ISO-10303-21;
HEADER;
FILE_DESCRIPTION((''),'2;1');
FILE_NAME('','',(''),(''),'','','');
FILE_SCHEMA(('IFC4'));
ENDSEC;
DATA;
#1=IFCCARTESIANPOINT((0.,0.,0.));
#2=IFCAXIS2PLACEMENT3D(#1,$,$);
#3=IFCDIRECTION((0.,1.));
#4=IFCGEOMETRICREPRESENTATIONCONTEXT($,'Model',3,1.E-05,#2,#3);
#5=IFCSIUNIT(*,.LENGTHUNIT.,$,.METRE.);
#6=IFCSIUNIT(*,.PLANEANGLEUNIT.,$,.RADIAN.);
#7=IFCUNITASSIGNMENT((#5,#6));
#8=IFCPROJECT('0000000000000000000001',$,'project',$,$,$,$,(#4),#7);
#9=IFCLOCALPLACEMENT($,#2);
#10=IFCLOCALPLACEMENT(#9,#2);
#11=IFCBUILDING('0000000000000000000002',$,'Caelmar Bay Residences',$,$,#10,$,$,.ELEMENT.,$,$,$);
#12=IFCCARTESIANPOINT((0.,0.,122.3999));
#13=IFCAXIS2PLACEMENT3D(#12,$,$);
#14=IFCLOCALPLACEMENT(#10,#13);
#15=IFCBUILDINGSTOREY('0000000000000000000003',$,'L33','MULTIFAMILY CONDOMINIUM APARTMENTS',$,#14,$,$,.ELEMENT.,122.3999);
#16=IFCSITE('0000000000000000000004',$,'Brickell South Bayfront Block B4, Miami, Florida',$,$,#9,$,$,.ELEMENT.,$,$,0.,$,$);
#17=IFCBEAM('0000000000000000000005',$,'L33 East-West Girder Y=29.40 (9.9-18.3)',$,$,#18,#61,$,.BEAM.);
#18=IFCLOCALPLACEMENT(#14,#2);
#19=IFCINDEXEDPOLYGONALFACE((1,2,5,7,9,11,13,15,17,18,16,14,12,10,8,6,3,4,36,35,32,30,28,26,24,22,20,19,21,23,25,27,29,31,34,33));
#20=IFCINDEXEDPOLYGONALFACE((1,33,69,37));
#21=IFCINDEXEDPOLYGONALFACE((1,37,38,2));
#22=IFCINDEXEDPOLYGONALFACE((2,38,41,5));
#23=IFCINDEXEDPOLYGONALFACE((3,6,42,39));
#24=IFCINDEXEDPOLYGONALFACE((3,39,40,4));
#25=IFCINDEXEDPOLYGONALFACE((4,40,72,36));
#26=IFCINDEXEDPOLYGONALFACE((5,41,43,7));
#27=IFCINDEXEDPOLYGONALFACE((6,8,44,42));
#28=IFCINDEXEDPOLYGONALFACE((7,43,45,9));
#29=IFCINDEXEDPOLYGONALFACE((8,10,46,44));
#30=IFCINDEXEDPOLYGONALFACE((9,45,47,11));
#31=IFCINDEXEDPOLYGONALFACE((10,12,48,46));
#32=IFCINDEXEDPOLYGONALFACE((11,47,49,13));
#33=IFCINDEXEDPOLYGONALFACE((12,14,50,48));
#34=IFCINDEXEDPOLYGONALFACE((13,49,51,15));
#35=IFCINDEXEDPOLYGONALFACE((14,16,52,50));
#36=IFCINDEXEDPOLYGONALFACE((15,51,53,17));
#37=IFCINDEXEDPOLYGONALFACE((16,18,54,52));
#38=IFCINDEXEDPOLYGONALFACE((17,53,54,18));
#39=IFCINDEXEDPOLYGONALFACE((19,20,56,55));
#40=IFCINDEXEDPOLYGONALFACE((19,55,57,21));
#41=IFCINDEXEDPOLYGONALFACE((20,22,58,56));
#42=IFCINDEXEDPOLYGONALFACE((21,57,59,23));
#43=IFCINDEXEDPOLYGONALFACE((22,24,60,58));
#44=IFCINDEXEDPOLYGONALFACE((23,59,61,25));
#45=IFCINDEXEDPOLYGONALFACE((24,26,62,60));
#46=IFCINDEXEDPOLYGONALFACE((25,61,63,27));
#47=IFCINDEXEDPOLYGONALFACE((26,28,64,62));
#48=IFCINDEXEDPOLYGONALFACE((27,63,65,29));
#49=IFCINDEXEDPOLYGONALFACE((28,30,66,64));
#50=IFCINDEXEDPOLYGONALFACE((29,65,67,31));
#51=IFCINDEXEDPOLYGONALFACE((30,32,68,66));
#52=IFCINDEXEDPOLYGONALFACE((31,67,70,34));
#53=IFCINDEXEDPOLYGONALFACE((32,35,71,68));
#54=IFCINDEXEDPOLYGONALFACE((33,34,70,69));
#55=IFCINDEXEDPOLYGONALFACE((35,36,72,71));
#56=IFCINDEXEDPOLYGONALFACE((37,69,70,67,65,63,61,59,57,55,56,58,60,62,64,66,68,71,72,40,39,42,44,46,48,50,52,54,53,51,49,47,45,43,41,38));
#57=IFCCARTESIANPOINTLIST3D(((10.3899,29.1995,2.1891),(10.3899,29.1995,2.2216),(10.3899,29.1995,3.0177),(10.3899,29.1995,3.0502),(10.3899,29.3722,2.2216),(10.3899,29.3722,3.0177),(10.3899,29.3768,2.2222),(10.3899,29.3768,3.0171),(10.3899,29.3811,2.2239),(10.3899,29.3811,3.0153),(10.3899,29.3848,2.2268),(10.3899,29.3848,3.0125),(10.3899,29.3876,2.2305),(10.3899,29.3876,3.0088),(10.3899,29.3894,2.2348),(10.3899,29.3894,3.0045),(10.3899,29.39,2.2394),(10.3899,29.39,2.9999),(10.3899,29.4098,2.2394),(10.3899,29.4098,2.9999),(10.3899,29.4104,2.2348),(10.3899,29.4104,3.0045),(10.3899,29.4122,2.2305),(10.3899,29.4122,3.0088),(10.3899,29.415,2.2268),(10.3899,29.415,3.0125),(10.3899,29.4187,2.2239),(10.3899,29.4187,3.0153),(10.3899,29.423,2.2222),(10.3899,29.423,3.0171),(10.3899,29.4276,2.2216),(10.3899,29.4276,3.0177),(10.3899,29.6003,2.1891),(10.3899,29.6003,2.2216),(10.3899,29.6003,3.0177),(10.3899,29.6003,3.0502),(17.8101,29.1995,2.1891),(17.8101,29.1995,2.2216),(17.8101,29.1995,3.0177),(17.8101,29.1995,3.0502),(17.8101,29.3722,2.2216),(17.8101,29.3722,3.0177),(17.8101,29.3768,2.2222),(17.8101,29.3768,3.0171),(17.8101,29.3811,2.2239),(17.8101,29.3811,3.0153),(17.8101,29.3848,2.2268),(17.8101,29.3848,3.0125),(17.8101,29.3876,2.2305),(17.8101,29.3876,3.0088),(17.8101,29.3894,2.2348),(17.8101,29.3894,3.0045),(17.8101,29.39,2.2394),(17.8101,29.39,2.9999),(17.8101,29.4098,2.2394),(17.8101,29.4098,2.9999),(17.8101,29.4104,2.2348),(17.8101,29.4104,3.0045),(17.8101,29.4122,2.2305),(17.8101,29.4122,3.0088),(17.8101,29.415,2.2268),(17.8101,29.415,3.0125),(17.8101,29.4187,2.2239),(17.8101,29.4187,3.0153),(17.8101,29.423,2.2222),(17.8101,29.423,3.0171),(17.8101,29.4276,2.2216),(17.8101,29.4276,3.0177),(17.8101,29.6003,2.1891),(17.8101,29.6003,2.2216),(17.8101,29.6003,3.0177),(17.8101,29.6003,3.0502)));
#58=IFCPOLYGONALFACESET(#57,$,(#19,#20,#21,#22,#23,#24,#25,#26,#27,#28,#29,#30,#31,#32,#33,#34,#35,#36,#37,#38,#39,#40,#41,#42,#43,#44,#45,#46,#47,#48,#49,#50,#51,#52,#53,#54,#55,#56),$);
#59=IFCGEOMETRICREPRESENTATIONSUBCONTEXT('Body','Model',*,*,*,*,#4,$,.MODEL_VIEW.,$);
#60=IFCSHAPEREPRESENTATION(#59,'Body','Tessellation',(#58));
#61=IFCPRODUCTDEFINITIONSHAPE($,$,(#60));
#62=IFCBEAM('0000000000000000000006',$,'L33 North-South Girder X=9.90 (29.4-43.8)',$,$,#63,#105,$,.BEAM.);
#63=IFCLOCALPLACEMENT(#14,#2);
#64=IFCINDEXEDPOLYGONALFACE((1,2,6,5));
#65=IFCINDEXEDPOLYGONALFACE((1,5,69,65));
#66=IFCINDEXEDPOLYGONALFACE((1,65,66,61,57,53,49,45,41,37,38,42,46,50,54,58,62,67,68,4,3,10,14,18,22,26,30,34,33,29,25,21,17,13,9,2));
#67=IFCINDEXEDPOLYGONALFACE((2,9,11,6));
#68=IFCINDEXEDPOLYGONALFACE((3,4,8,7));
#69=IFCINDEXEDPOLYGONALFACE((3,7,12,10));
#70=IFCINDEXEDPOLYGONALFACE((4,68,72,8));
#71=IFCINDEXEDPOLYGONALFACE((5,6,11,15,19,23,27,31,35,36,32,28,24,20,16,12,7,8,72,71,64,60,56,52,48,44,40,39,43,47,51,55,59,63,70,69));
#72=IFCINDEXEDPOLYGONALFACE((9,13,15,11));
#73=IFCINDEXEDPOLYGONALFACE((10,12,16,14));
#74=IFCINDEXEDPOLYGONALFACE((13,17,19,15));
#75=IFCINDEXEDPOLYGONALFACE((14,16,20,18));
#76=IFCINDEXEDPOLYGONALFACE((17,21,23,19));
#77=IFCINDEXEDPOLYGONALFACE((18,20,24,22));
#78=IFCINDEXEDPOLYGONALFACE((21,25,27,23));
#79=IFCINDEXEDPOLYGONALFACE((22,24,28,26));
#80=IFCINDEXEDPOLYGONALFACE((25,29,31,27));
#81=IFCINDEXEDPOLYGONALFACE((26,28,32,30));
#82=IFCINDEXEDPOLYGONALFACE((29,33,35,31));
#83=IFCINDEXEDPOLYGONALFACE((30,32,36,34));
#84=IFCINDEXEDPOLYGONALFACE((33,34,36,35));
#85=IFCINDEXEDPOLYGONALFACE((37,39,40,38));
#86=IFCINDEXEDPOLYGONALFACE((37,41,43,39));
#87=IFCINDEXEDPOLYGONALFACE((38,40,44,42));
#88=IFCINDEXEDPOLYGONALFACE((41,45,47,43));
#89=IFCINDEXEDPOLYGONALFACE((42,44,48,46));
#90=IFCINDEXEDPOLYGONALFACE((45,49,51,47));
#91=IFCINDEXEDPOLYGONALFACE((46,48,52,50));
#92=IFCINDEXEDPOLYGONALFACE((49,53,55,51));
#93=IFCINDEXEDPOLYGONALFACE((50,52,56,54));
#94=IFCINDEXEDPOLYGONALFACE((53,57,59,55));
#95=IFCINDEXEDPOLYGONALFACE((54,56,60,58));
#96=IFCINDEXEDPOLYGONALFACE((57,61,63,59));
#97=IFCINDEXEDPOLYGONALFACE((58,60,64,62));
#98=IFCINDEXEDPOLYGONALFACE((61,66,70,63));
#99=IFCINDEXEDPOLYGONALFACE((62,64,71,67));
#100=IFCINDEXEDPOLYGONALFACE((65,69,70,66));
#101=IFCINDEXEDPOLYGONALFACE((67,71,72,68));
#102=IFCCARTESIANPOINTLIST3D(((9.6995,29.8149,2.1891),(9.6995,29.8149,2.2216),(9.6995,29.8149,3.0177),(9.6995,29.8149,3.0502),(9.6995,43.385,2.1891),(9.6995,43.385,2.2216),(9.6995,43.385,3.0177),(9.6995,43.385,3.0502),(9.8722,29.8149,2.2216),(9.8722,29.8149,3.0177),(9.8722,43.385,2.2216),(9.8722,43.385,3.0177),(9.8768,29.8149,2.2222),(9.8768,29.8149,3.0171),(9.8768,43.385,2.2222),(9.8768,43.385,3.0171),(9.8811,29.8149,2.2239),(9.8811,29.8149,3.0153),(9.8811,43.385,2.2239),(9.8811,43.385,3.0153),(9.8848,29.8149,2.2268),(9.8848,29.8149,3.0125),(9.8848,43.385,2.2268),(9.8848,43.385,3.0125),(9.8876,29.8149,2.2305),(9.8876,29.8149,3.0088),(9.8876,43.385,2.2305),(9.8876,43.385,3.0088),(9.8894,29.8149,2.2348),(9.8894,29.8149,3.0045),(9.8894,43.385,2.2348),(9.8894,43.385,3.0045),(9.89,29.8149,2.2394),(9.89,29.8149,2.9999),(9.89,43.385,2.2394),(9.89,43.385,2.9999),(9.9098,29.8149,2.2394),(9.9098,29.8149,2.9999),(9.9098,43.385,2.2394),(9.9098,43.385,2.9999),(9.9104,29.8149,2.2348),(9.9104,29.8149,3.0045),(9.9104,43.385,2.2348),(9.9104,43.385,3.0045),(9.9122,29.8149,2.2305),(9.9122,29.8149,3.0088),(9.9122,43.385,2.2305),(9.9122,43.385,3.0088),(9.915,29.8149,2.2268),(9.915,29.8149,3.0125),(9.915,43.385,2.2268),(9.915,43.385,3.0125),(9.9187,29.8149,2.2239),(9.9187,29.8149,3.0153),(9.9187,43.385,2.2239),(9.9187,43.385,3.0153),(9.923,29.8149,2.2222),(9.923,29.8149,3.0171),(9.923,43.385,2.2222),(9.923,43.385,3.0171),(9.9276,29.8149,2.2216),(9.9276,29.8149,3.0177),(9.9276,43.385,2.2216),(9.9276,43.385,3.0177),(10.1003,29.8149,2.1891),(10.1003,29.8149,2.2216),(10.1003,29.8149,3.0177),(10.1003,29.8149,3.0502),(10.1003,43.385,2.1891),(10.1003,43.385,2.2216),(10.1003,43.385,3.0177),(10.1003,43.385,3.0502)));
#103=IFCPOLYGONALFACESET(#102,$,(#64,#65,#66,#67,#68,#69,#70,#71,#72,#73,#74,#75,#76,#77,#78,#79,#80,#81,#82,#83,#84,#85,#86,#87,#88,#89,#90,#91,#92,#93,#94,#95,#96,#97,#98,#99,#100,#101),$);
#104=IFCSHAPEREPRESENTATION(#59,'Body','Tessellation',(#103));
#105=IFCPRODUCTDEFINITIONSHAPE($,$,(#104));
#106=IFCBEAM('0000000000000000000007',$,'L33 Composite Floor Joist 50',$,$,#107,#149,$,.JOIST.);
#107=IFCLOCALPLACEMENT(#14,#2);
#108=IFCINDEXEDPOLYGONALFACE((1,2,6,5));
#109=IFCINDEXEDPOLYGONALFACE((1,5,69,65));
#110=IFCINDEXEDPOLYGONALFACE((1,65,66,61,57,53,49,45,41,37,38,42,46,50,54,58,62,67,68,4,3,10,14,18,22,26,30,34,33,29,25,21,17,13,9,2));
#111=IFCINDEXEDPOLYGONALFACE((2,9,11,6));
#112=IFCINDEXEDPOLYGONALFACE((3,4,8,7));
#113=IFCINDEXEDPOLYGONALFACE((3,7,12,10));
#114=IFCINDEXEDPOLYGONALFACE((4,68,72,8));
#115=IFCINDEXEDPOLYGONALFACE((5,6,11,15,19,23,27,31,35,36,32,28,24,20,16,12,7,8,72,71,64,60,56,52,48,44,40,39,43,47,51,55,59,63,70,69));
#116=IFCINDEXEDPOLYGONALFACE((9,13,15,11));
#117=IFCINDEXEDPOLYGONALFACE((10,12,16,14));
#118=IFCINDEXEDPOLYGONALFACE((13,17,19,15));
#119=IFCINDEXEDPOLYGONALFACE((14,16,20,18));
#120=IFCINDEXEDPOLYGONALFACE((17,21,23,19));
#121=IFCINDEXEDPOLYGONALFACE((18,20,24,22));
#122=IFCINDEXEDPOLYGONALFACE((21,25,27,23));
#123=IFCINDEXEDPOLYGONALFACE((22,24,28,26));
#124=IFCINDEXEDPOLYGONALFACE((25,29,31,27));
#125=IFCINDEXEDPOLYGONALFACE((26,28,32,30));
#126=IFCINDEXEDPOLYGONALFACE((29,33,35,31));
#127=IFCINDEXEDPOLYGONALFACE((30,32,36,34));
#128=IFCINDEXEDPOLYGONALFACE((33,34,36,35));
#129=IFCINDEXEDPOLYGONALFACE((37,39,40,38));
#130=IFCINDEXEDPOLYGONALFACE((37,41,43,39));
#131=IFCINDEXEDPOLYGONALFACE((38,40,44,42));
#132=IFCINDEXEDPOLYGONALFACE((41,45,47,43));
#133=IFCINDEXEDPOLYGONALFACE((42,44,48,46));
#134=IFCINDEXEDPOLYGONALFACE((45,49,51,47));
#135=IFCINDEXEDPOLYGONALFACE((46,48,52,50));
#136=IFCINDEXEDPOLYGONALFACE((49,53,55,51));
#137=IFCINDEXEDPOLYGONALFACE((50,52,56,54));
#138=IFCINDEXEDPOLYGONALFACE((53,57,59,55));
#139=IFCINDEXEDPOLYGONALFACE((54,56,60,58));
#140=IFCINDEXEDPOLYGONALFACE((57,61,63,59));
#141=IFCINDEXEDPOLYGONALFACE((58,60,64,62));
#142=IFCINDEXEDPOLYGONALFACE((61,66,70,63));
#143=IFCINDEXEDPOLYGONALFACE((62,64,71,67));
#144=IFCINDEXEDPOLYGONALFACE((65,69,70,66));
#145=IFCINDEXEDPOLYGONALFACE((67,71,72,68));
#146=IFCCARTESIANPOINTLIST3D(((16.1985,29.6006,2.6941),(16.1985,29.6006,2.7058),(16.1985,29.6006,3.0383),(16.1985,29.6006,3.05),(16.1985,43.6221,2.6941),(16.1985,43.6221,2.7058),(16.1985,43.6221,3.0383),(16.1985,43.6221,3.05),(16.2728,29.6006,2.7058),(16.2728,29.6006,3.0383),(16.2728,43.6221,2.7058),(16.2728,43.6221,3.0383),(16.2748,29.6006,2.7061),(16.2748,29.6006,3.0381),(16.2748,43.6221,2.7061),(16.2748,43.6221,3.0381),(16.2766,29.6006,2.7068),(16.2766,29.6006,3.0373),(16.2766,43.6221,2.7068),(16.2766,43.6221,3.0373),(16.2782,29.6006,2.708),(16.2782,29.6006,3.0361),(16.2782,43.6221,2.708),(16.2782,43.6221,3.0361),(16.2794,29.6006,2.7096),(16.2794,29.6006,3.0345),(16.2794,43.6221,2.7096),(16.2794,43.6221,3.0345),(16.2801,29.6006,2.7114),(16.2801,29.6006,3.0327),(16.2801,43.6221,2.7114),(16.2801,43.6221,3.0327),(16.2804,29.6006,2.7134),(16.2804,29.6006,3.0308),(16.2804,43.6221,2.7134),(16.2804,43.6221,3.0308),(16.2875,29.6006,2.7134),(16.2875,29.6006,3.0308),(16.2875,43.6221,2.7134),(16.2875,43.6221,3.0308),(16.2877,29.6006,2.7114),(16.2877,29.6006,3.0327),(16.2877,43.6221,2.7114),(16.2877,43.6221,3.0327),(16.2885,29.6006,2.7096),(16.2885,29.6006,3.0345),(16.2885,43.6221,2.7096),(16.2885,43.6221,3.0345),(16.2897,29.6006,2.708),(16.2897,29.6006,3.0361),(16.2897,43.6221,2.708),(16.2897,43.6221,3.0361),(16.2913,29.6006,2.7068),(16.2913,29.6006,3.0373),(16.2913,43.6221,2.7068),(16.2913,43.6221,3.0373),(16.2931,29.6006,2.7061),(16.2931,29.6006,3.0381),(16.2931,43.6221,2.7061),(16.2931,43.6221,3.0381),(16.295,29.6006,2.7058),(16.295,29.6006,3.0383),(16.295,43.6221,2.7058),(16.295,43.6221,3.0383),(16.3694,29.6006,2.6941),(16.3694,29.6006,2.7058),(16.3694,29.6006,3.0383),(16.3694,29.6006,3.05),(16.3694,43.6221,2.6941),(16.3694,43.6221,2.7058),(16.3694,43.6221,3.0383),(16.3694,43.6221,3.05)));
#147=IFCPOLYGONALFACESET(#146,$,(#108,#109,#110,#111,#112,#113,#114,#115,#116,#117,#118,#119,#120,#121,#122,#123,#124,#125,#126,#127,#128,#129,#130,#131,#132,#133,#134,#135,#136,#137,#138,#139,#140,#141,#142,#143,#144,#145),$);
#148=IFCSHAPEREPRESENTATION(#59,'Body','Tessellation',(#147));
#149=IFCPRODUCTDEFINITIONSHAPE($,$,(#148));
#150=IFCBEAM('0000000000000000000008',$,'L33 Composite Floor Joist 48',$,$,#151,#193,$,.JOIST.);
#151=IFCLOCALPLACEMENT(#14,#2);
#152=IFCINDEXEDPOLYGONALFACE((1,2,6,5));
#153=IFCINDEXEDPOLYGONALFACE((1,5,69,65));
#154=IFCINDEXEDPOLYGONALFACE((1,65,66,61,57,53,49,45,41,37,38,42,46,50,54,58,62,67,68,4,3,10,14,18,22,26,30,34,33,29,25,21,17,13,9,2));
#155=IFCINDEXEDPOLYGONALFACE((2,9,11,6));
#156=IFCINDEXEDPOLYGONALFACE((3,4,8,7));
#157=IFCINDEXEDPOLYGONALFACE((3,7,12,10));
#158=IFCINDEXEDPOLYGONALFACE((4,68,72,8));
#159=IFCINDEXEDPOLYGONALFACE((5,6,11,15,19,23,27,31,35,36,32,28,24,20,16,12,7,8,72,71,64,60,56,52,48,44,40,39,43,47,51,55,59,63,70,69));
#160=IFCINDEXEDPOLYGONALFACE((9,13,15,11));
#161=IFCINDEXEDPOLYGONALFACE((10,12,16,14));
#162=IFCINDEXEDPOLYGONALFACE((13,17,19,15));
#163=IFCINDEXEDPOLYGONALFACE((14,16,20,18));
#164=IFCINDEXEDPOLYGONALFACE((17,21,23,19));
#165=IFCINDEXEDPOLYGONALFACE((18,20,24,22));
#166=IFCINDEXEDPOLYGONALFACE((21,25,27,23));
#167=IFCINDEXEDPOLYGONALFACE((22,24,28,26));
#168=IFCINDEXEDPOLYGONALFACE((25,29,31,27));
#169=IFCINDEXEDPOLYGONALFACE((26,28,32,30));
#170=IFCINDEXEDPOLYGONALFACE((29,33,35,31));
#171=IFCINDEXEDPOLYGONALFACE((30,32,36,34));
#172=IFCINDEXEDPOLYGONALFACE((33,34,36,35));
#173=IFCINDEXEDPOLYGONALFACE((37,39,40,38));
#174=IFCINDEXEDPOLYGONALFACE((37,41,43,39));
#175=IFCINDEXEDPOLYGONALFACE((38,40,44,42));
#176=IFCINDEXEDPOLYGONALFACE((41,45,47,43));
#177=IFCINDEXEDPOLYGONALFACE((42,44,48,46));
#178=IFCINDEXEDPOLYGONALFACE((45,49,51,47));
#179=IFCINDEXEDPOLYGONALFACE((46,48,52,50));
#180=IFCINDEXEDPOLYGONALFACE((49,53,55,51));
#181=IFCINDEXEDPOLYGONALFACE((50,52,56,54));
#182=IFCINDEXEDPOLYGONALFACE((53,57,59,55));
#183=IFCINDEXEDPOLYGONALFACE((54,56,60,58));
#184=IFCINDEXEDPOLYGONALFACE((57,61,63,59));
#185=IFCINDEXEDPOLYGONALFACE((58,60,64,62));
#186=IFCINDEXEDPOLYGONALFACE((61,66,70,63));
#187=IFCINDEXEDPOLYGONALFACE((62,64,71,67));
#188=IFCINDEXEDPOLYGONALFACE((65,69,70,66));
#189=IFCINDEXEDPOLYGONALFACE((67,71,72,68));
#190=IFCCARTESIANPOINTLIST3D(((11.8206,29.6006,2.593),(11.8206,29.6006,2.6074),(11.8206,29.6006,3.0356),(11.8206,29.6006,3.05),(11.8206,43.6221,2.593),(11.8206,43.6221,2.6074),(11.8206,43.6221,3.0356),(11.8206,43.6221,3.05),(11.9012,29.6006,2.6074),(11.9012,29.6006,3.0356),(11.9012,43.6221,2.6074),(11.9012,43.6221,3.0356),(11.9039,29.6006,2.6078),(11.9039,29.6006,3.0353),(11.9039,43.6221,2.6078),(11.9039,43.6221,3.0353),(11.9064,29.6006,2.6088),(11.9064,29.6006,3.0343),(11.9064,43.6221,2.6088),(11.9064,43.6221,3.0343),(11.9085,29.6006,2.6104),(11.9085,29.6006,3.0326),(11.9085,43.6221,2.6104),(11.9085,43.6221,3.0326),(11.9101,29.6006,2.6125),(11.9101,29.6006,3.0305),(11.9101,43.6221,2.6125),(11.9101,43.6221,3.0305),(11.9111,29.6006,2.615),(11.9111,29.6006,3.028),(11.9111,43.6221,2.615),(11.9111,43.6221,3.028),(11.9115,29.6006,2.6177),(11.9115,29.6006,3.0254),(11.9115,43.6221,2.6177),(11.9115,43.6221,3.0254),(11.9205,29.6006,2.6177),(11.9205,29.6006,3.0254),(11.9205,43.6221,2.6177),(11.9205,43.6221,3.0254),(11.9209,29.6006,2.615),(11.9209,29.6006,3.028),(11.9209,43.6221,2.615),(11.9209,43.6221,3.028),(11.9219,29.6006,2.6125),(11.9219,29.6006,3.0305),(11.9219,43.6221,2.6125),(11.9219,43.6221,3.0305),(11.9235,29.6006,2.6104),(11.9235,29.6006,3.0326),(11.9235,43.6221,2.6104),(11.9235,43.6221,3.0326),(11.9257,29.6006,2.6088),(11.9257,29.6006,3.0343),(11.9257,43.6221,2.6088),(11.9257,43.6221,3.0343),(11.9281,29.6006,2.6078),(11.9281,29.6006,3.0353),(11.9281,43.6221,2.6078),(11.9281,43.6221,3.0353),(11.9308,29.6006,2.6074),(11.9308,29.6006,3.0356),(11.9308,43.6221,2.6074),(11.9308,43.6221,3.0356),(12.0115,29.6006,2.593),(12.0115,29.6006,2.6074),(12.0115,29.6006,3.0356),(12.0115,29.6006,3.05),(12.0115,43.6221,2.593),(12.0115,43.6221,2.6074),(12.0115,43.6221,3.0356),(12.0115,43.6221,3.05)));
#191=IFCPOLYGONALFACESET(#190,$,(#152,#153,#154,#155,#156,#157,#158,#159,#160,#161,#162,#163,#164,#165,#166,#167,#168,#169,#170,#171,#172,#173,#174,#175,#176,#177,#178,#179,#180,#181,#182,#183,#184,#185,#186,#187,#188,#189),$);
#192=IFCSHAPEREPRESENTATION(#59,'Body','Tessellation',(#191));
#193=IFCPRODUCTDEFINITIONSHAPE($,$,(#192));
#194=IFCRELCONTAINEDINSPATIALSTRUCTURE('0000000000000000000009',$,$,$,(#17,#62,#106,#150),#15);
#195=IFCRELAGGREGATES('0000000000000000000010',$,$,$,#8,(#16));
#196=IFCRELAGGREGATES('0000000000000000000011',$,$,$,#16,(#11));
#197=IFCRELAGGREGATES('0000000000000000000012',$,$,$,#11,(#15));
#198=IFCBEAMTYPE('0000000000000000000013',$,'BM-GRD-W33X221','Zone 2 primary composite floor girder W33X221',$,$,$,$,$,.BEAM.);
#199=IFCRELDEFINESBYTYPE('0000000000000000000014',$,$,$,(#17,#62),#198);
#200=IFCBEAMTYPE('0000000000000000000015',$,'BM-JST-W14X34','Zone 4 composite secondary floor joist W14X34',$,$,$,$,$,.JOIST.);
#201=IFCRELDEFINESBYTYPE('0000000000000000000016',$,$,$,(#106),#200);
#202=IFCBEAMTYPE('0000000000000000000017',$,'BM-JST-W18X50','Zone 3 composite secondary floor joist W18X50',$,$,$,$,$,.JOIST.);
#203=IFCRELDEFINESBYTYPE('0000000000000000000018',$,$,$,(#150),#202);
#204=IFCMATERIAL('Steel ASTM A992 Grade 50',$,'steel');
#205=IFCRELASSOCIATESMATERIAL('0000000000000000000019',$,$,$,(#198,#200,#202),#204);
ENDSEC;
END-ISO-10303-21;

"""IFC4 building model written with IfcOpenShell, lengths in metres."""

from ifc_helpers import new_model, si_unit, direction, frame, origin, origin_2d, place, context, subcontext, project, spatial, i_section, extrude, material, material_profile, profile_set, type_object, element, save


model = new_model("IFC4")

# Units and contexts
model_context = context("Model", 3, precision=1e-05, world=origin(), true_north=direction((0.0, 1.0)))
body_context = subcontext(model_context, "Body", "Model", "MODEL_VIEW")
ifc_project = project(units=[si_unit("LENGTHUNIT", "METRE"), si_unit("PLANEANGLEUNIT", "RADIAN")], contexts=[model_context])

# Site, building, storey
site_placement = place(None, origin())
site = spatial("IfcSite", under=ifc_project, at=site_placement, Name="Brickell South Bayfront Block B4, Miami, Florida", CompositionType="ELEMENT", RefElevation=0.0)
building_placement = place(site_placement, origin())
building = spatial("IfcBuilding", under=site, at=building_placement, Name="Caelmar Bay Residences", CompositionType="ELEMENT")
storey_placement = place(building_placement, frame((0.0, 0.0, 122.3999)))
storey = spatial("IfcBuildingStorey", under=building, at=storey_placement, Name="L33", Description="MULTIFAMILY CONDOMINIUM APARTMENTS", CompositionType="ELEMENT", Elevation=122.3999)

# Beams
ifc_material_1 = material(Name="Steel ASTM A992 Grade 50", Category="steel")
ifc_material_profile_1 = material_profile(ifc_material_1, i_section(OverallWidth=0.4009, OverallDepth=0.8611, WebThickness=0.0198, FlangeThickness=0.0325, FilletRadius=0.0178, at=origin_2d()), Name="W33X221")
ifc_profile_set_1 = profile_set([ifc_material_profile_1], Name="Steel ASTM A992 Grade 50")
beam_type_1 = type_object("IfcBeamType", Name="BM-GRD-W33X221", Description="Zone 2 primary composite floor girder W33X221", PredefinedType="BEAM", material=ifc_profile_set_1)
beam_1_placement = place(storey_placement, frame((10.3899, 29.3999, 2.6196), z_axis=(1.0, 0.0, 0.0), x_axis=(0.0, 1.0, 0.0)))
element("IfcBeam", 1, at=beam_1_placement, inside=storey, type_object=beam_type_1, Name="L33 East-West Girder Y=29.40 (9.9-18.3)", PredefinedType="BEAM", context=body_context, shape_type="SweptSolid", body=[
    extrude(i_section(OverallWidth=0.4009, OverallDepth=0.8611, WebThickness=0.0198, FlangeThickness=0.0325, FilletRadius=0.0178, at=origin_2d()), origin(), (0.0, 0.0, 1.0), 7.4202),
])
beam_2_placement = place(storey_placement, frame((9.8999, 29.8149, 2.6196), z_axis=(0.0, 1.0, 0.0), x_axis=(-1.0, 0.0, 0.0)))
element("IfcBeam", 2, at=beam_2_placement, inside=storey, type_object=beam_type_1, Name="L33 North-South Girder X=9.90 (29.4-43.8)", PredefinedType="BEAM", context=body_context, shape_type="SweptSolid", body=[
    extrude(i_section(OverallWidth=0.4009, OverallDepth=0.8611, WebThickness=0.0198, FlangeThickness=0.0325, FilletRadius=0.0178, at=origin_2d()), origin(), (0.0, 0.0, 1.0), 13.5701),
])
ifc_material_profile_2 = material_profile(ifc_material_1, i_section(OverallWidth=0.1709, OverallDepth=0.356, WebThickness=0.0071, FlangeThickness=0.0117, FilletRadius=0.0076, at=origin_2d()), Name="W14X34")
ifc_profile_set_2 = profile_set([ifc_material_profile_2], Name="Steel ASTM A992 Grade 50")
beam_type_2 = type_object("IfcBeamType", Name="BM-JST-W14X34", Description="Zone 4 composite secondary floor joist W14X34", PredefinedType="JOIST", material=ifc_profile_set_2)
beam_3_placement = place(storey_placement, frame((16.2839, 29.6006, 2.8721), z_axis=(0.0, 1.0, 0.0), x_axis=(-1.0, 0.0, 0.0)))
element("IfcBeam", 3, at=beam_3_placement, inside=storey, type_object=beam_type_2, Name="L33 Composite Floor Joist 50", PredefinedType="JOIST", context=body_context, shape_type="SweptSolid", body=[
    extrude(i_section(OverallWidth=0.1709, OverallDepth=0.356, WebThickness=0.0071, FlangeThickness=0.0117, FilletRadius=0.0076, at=origin_2d()), origin(), (0.0, 0.0, 1.0), 14.0215),
])
ifc_material_profile_3 = material_profile(ifc_material_1, i_section(OverallWidth=0.1909, OverallDepth=0.457, WebThickness=0.009, FlangeThickness=0.0144, FilletRadius=0.0103, at=origin_2d()), Name="W18X50")
ifc_profile_set_3 = profile_set([ifc_material_profile_3], Name="Steel ASTM A992 Grade 50")
beam_type_3 = type_object("IfcBeamType", Name="BM-JST-W18X50", Description="Zone 3 composite secondary floor joist W18X50", PredefinedType="JOIST", material=ifc_profile_set_3)
beam_4_placement = place(storey_placement, frame((11.916, 29.6006, 2.8215), z_axis=(0.0, 1.0, 0.0), x_axis=(-1.0, 0.0, 0.0)))
element("IfcBeam", 4, at=beam_4_placement, inside=storey, type_object=beam_type_3, Name="L33 Composite Floor Joist 48", PredefinedType="JOIST", context=body_context, shape_type="SweptSolid", body=[
    extrude(i_section(OverallWidth=0.1909, OverallDepth=0.457, WebThickness=0.009, FlangeThickness=0.0144, FilletRadius=0.0103, at=origin_2d()), origin(), (0.0, 0.0, 1.0), 14.0215),
])

save(model, "model.ifc")
